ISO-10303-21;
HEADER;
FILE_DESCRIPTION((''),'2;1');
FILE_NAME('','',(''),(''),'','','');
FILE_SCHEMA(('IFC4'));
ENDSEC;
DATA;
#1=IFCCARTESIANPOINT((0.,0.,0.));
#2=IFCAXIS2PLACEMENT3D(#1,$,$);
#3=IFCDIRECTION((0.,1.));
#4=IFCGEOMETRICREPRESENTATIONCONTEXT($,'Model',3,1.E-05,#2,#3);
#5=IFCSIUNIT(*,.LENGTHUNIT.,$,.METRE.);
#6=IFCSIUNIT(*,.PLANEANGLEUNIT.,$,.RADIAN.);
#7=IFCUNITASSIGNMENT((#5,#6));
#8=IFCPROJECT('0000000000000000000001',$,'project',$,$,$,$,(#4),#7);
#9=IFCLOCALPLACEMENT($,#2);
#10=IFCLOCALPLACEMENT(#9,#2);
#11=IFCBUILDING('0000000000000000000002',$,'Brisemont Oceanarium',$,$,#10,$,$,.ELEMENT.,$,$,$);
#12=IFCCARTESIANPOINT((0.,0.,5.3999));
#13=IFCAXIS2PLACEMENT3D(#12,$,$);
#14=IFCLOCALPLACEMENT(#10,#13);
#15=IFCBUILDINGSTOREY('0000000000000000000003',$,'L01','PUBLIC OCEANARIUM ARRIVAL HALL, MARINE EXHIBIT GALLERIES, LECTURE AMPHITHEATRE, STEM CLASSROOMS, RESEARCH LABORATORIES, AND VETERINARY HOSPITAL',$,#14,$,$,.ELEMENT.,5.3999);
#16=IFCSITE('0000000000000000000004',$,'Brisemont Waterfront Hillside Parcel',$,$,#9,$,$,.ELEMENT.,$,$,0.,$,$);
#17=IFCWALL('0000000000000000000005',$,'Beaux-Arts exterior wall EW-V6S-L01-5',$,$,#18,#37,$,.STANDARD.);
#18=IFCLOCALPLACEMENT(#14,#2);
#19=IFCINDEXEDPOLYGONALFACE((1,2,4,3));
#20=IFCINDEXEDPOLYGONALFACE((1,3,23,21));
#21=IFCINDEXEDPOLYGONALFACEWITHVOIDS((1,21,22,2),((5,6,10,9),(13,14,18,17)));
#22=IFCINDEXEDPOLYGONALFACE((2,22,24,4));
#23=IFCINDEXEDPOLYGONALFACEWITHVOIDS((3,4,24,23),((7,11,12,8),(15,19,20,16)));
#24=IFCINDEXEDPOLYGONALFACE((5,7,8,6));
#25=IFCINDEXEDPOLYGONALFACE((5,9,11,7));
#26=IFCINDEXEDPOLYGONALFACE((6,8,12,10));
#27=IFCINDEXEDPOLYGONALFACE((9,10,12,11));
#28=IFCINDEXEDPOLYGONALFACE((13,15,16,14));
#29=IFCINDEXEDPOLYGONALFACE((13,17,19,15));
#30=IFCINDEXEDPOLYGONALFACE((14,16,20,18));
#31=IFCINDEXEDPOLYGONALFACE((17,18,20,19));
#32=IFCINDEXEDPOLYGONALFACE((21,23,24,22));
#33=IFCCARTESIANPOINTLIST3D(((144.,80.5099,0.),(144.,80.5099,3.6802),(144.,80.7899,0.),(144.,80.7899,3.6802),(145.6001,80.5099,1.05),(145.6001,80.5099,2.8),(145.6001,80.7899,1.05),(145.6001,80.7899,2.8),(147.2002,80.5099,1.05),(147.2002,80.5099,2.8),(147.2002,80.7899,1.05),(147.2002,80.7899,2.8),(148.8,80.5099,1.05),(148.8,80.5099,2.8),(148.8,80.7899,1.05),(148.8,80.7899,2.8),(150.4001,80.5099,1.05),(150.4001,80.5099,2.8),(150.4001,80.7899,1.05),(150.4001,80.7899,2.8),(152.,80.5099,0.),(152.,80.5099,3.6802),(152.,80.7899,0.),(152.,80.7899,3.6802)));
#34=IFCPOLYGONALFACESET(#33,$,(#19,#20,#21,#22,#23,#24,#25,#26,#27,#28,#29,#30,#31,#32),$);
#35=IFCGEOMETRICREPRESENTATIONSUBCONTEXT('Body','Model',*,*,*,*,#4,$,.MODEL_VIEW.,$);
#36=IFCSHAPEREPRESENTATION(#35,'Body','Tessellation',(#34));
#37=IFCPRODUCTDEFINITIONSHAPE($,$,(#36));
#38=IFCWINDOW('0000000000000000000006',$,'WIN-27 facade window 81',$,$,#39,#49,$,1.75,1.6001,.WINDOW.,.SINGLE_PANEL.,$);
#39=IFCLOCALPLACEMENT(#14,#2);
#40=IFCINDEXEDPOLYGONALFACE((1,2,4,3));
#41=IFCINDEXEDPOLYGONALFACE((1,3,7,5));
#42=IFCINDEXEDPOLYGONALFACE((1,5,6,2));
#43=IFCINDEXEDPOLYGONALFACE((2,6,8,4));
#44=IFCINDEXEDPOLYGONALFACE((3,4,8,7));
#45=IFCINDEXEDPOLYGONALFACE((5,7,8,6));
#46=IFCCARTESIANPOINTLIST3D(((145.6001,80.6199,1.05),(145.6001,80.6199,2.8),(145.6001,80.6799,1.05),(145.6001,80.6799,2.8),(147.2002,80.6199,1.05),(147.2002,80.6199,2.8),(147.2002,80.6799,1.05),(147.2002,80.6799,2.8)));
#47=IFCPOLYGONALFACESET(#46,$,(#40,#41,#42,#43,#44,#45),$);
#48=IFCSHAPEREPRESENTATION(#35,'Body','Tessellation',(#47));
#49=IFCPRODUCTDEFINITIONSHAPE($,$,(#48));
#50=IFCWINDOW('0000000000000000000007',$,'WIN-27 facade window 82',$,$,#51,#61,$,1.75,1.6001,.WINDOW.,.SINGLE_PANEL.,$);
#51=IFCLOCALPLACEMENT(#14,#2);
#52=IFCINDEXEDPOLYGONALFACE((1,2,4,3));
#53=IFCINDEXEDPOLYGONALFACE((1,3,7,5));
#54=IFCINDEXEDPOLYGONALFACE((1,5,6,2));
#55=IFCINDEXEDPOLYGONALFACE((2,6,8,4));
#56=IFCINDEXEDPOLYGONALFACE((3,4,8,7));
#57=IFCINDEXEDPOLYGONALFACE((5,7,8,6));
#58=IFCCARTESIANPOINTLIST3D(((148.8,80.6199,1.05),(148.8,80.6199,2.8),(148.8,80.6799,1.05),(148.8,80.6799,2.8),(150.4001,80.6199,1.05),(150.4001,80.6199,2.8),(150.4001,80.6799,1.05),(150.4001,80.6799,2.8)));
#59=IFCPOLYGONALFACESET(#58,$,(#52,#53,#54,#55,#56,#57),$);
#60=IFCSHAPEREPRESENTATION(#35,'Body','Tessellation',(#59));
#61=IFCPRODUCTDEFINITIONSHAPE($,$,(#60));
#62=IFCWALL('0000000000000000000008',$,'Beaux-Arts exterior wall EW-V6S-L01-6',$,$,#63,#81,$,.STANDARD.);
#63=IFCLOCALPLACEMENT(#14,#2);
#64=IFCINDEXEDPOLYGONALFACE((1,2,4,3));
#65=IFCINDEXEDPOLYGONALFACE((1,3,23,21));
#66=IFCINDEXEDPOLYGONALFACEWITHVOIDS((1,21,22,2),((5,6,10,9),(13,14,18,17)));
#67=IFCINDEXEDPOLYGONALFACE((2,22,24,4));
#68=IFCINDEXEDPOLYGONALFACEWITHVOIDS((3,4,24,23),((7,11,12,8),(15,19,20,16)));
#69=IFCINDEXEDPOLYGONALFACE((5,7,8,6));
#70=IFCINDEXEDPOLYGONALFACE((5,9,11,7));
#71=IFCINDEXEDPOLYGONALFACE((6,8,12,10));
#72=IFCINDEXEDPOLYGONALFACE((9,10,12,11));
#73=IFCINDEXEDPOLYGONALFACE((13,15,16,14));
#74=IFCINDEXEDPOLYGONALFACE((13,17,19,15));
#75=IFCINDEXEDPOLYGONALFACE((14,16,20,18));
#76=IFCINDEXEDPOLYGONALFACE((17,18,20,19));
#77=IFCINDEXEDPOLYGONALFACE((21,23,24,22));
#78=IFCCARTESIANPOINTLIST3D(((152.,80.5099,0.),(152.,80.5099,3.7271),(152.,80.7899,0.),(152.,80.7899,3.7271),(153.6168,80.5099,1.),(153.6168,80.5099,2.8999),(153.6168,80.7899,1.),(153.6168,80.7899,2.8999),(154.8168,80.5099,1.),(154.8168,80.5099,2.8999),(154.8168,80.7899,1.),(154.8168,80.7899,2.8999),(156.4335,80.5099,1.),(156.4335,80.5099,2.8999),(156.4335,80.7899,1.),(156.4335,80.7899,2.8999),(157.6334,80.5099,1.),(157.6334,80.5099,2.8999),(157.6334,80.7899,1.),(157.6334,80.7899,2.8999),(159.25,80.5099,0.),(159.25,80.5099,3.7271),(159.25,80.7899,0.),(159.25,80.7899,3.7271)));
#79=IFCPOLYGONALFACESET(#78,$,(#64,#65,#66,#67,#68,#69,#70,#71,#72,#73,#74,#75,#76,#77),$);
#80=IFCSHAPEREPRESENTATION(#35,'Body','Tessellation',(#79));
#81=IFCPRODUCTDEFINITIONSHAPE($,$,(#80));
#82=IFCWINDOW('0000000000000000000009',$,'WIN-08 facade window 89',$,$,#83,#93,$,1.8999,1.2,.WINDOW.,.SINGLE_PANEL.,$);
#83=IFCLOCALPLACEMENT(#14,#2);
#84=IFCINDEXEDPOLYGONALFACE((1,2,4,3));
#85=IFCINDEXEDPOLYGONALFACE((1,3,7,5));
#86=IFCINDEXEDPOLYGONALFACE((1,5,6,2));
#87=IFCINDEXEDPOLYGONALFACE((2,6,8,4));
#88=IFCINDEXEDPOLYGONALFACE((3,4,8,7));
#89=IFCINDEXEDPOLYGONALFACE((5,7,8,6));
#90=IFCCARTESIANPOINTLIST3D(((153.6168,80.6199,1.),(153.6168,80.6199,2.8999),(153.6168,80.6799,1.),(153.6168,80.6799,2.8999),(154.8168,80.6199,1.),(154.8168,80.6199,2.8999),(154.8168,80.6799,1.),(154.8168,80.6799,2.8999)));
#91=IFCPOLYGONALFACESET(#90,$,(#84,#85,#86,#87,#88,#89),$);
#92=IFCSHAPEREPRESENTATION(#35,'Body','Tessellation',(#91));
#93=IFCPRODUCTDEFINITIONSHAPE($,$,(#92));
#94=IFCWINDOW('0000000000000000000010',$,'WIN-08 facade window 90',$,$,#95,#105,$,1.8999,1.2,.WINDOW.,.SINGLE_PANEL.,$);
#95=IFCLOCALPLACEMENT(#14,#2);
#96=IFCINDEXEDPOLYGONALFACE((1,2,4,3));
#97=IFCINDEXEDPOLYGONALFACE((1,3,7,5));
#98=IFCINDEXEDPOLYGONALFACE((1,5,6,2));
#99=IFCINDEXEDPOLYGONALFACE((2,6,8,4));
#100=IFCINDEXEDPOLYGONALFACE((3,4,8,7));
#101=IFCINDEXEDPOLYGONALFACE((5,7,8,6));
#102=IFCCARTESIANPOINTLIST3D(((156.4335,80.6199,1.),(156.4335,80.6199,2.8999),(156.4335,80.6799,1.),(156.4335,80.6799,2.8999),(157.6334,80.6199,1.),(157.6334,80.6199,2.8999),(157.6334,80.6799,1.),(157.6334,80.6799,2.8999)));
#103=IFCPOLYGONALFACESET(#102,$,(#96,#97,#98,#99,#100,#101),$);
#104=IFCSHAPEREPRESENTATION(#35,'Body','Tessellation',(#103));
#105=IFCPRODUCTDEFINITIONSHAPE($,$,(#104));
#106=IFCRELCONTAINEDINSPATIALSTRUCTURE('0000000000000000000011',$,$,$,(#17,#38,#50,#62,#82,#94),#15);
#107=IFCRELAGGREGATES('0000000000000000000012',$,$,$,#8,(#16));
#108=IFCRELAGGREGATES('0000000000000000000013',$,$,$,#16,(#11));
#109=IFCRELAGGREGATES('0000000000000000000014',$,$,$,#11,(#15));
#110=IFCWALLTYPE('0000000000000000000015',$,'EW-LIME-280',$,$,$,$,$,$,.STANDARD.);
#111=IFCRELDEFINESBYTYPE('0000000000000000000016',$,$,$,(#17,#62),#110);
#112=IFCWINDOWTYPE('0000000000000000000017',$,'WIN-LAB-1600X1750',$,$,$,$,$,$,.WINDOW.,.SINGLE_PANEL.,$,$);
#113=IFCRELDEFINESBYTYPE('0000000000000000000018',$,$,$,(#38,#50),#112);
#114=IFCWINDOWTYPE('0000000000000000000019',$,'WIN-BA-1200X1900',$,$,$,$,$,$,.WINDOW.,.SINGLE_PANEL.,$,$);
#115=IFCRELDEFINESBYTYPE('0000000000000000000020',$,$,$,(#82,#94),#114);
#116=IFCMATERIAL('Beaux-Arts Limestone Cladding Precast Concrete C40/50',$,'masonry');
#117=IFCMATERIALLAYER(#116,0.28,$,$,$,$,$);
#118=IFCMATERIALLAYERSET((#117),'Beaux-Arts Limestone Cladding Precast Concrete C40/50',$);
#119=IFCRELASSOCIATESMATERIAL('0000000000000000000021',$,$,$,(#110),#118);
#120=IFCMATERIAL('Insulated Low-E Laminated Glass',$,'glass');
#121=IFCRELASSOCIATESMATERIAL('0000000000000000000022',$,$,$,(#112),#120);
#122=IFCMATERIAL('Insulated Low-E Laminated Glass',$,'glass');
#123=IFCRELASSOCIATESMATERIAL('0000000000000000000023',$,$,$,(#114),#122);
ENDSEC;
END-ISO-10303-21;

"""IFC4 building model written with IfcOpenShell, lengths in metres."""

from ifc_helpers import new_model, si_unit, direction, frame, frame_2d, origin, place, context, subcontext, project, spatial, rectangle, extrude, material, layer, layer_set, type_object, element, fill, save


model = new_model("IFC4")

# Units and contexts
model_context = context("Model", 3, precision=1e-05, world=origin(), true_north=direction((0.0, 1.0)))
body_context = subcontext(model_context, "Body", "Model", "MODEL_VIEW")
ifc_project = project(units=[si_unit("LENGTHUNIT", "METRE"), si_unit("PLANEANGLEUNIT", "RADIAN")], contexts=[model_context])

# Site, building, storey
site_placement = place(None, origin())
site = spatial("IfcSite", under=ifc_project, at=site_placement, Name="Brisemont Waterfront Hillside Parcel", CompositionType="ELEMENT", RefElevation=0.0)
building_placement = place(site_placement, origin())
building = spatial("IfcBuilding", under=site, at=building_placement, Name="Brisemont Oceanarium", CompositionType="ELEMENT")
storey_placement = place(building_placement, frame((0.0, 0.0, 5.3999)))
storey = spatial("IfcBuildingStorey", under=building, at=storey_placement, Name="L01", Description="PUBLIC OCEANARIUM ARRIVAL HALL, MARINE EXHIBIT GALLERIES, LECTURE AMPHITHEATRE, STEM CLASSROOMS, RESEARCH LABORATORIES, AND VETERINARY HOSPITAL", CompositionType="ELEMENT", Elevation=5.3999)

# Walls, openings, windows
ifc_material_1 = material(Name="Beaux-Arts Limestone Cladding Precast Concrete C40/50", Category="masonry")
ifc_layer = layer(ifc_material_1, 0.28)
ifc_layer_set = layer_set([ifc_layer], Name="Beaux-Arts Limestone Cladding Precast Concrete C40/50")
wall_type = type_object("IfcWallType", Name="EW-LIME-280", PredefinedType="STANDARD", material=ifc_layer_set)
wall_1_placement = place(storey_placement, frame((144.0, 80.6499, 0.0), z_axis=(0.0, 0.0, 1.0), x_axis=(1.0, 0.0, 0.0)))
wall_1 = element("IfcWall", 1, at=wall_1_placement, inside=storey, type_object=wall_type, Name="Beaux-Arts exterior wall EW-V6S-L01-5", PredefinedType="STANDARD", context=body_context, shape_type="SweptSolid", body=[
    extrude(rectangle(XDim=8.0, YDim=0.28, at=frame_2d((4.0, 0.0))), origin(), (0.0, 0.0, 1.0), 3.6802),
])
opening_1_placement = place(wall_1_placement, frame((1.6001, 0.0, 1.05)))
opening_1 = element("IfcOpeningElement", 2, at=opening_1_placement, cuts=wall_1, PredefinedType="OPENING", context=body_context, shape_type="SweptSolid", body=[
    extrude(rectangle(XDim=1.6001, YDim=1.75, at=frame_2d((0.8, 0.875))), frame((0.0, 0.1499, 0.0), z_axis=(0.0, -1.0, 0.0), x_axis=(1.0, 0.0, 0.0)), (0.0, 0.0, 1.0), 0.3),
])
opening_2_placement = place(wall_1_placement, frame((4.8, 0.0, 1.05)))
opening_2 = element("IfcOpeningElement", 3, at=opening_2_placement, cuts=wall_1, PredefinedType="OPENING", context=body_context, shape_type="SweptSolid", body=[
    extrude(rectangle(XDim=1.6001, YDim=1.75, at=frame_2d((0.8, 0.875))), frame((0.0, 0.1499, 0.0), z_axis=(0.0, -1.0, 0.0), x_axis=(1.0, 0.0, 0.0)), (0.0, 0.0, 1.0), 0.3),
])
ifc_material_2 = material(Name="Insulated Low-E Laminated Glass", Category="glass")
window_type_1 = type_object("IfcWindowType", Name="WIN-LAB-1600X1750", PartitioningType="SINGLE_PANEL", PredefinedType="WINDOW", material=ifc_material_2)
window_1_placement = place(opening_1_placement, origin())
window_1 = element("IfcWindow", 4, at=window_1_placement, inside=storey, type_object=window_type_1, Name="WIN-27 facade window 81", OverallHeight=1.75, OverallWidth=1.6001, PartitioningType="SINGLE_PANEL", PredefinedType="WINDOW", context=body_context, shape_type="SweptSolid", body=[
    extrude(rectangle(XDim=1.6001, YDim=1.75, at=frame_2d((0.8, 0.875))), frame((0.0, 0.03, 0.0), z_axis=(0.0, -1.0, 0.0), x_axis=(1.0, 0.0, 0.0)), (0.0, 0.0, 1.0), 0.0601),
])
fill(opening_1, window_1)
window_2_placement = place(opening_2_placement, origin())
window_2 = element("IfcWindow", 5, at=window_2_placement, inside=storey, type_object=window_type_1, Name="WIN-27 facade window 82", OverallHeight=1.75, OverallWidth=1.6001, PartitioningType="SINGLE_PANEL", PredefinedType="WINDOW", context=body_context, shape_type="SweptSolid", body=[
    extrude(rectangle(XDim=1.6001, YDim=1.75, at=frame_2d((0.8, 0.875))), frame((0.0, 0.03, 0.0), z_axis=(0.0, -1.0, 0.0), x_axis=(1.0, 0.0, 0.0)), (0.0, 0.0, 1.0), 0.0601),
])
fill(opening_2, window_2)
wall_2_placement = place(storey_placement, frame((152.0, 80.6499, 0.0), z_axis=(0.0, 0.0, 1.0), x_axis=(1.0, 0.0, 0.0)))
wall_2 = element("IfcWall", 6, at=wall_2_placement, inside=storey, type_object=wall_type, Name="Beaux-Arts exterior wall EW-V6S-L01-6", PredefinedType="STANDARD", context=body_context, shape_type="SweptSolid", body=[
    extrude(rectangle(XDim=7.25, YDim=0.28, at=frame_2d((3.625, 0.0))), origin(), (0.0, 0.0, 1.0), 3.7271),
])
opening_3_placement = place(wall_2_placement, frame((1.6167, 0.0, 1.0)))
opening_3 = element("IfcOpeningElement", 7, at=opening_3_placement, cuts=wall_2, PredefinedType="OPENING", context=body_context, shape_type="SweptSolid", body=[
    extrude(rectangle(XDim=1.2, YDim=1.8999, at=frame_2d((0.6001, 0.95))), frame((0.0, 0.1499, 0.0), z_axis=(0.0, -1.0, 0.0), x_axis=(1.0, 0.0, 0.0)), (0.0, 0.0, 1.0), 0.3),
])
opening_4_placement = place(wall_2_placement, frame((4.4333, 0.0, 1.0)))
opening_4 = element("IfcOpeningElement", 8, at=opening_4_placement, cuts=wall_2, PredefinedType="OPENING", context=body_context, shape_type="SweptSolid", body=[
    extrude(rectangle(XDim=1.2, YDim=1.8999, at=frame_2d((0.6001, 0.95))), frame((0.0, 0.1499, 0.0), z_axis=(0.0, -1.0, 0.0), x_axis=(1.0, 0.0, 0.0)), (0.0, 0.0, 1.0), 0.3),
])
ifc_material_3 = material(Name="Insulated Low-E Laminated Glass", Category="glass")
window_type_2 = type_object("IfcWindowType", Name="WIN-BA-1200X1900", PartitioningType="SINGLE_PANEL", PredefinedType="WINDOW", material=ifc_material_3)
window_3_placement = place(opening_3_placement, origin())
window_3 = element("IfcWindow", 9, at=window_3_placement, inside=storey, type_object=window_type_2, Name="WIN-08 facade window 89", OverallHeight=1.8999, OverallWidth=1.2, PartitioningType="SINGLE_PANEL", PredefinedType="WINDOW", context=body_context, shape_type="SweptSolid", body=[
    extrude(rectangle(XDim=1.2, YDim=1.8999, at=frame_2d((0.6001, 0.95))), frame((0.0, 0.03, 0.0), z_axis=(0.0, -1.0, 0.0), x_axis=(1.0, 0.0, 0.0)), (0.0, 0.0, 1.0), 0.0601),
])
fill(opening_3, window_3)
window_4_placement = place(opening_4_placement, origin())
window_4 = element("IfcWindow", 10, at=window_4_placement, inside=storey, type_object=window_type_2, Name="WIN-08 facade window 90", OverallHeight=1.8999, OverallWidth=1.2, PartitioningType="SINGLE_PANEL", PredefinedType="WINDOW", context=body_context, shape_type="SweptSolid", body=[
    extrude(rectangle(XDim=1.2, YDim=1.8999, at=frame_2d((0.6001, 0.95))), frame((0.0, 0.03, 0.0), z_axis=(0.0, -1.0, 0.0), x_axis=(1.0, 0.0, 0.0)), (0.0, 0.0, 1.0), 0.0601),
])
fill(opening_4, window_4)

save(model, "model.ifc")
